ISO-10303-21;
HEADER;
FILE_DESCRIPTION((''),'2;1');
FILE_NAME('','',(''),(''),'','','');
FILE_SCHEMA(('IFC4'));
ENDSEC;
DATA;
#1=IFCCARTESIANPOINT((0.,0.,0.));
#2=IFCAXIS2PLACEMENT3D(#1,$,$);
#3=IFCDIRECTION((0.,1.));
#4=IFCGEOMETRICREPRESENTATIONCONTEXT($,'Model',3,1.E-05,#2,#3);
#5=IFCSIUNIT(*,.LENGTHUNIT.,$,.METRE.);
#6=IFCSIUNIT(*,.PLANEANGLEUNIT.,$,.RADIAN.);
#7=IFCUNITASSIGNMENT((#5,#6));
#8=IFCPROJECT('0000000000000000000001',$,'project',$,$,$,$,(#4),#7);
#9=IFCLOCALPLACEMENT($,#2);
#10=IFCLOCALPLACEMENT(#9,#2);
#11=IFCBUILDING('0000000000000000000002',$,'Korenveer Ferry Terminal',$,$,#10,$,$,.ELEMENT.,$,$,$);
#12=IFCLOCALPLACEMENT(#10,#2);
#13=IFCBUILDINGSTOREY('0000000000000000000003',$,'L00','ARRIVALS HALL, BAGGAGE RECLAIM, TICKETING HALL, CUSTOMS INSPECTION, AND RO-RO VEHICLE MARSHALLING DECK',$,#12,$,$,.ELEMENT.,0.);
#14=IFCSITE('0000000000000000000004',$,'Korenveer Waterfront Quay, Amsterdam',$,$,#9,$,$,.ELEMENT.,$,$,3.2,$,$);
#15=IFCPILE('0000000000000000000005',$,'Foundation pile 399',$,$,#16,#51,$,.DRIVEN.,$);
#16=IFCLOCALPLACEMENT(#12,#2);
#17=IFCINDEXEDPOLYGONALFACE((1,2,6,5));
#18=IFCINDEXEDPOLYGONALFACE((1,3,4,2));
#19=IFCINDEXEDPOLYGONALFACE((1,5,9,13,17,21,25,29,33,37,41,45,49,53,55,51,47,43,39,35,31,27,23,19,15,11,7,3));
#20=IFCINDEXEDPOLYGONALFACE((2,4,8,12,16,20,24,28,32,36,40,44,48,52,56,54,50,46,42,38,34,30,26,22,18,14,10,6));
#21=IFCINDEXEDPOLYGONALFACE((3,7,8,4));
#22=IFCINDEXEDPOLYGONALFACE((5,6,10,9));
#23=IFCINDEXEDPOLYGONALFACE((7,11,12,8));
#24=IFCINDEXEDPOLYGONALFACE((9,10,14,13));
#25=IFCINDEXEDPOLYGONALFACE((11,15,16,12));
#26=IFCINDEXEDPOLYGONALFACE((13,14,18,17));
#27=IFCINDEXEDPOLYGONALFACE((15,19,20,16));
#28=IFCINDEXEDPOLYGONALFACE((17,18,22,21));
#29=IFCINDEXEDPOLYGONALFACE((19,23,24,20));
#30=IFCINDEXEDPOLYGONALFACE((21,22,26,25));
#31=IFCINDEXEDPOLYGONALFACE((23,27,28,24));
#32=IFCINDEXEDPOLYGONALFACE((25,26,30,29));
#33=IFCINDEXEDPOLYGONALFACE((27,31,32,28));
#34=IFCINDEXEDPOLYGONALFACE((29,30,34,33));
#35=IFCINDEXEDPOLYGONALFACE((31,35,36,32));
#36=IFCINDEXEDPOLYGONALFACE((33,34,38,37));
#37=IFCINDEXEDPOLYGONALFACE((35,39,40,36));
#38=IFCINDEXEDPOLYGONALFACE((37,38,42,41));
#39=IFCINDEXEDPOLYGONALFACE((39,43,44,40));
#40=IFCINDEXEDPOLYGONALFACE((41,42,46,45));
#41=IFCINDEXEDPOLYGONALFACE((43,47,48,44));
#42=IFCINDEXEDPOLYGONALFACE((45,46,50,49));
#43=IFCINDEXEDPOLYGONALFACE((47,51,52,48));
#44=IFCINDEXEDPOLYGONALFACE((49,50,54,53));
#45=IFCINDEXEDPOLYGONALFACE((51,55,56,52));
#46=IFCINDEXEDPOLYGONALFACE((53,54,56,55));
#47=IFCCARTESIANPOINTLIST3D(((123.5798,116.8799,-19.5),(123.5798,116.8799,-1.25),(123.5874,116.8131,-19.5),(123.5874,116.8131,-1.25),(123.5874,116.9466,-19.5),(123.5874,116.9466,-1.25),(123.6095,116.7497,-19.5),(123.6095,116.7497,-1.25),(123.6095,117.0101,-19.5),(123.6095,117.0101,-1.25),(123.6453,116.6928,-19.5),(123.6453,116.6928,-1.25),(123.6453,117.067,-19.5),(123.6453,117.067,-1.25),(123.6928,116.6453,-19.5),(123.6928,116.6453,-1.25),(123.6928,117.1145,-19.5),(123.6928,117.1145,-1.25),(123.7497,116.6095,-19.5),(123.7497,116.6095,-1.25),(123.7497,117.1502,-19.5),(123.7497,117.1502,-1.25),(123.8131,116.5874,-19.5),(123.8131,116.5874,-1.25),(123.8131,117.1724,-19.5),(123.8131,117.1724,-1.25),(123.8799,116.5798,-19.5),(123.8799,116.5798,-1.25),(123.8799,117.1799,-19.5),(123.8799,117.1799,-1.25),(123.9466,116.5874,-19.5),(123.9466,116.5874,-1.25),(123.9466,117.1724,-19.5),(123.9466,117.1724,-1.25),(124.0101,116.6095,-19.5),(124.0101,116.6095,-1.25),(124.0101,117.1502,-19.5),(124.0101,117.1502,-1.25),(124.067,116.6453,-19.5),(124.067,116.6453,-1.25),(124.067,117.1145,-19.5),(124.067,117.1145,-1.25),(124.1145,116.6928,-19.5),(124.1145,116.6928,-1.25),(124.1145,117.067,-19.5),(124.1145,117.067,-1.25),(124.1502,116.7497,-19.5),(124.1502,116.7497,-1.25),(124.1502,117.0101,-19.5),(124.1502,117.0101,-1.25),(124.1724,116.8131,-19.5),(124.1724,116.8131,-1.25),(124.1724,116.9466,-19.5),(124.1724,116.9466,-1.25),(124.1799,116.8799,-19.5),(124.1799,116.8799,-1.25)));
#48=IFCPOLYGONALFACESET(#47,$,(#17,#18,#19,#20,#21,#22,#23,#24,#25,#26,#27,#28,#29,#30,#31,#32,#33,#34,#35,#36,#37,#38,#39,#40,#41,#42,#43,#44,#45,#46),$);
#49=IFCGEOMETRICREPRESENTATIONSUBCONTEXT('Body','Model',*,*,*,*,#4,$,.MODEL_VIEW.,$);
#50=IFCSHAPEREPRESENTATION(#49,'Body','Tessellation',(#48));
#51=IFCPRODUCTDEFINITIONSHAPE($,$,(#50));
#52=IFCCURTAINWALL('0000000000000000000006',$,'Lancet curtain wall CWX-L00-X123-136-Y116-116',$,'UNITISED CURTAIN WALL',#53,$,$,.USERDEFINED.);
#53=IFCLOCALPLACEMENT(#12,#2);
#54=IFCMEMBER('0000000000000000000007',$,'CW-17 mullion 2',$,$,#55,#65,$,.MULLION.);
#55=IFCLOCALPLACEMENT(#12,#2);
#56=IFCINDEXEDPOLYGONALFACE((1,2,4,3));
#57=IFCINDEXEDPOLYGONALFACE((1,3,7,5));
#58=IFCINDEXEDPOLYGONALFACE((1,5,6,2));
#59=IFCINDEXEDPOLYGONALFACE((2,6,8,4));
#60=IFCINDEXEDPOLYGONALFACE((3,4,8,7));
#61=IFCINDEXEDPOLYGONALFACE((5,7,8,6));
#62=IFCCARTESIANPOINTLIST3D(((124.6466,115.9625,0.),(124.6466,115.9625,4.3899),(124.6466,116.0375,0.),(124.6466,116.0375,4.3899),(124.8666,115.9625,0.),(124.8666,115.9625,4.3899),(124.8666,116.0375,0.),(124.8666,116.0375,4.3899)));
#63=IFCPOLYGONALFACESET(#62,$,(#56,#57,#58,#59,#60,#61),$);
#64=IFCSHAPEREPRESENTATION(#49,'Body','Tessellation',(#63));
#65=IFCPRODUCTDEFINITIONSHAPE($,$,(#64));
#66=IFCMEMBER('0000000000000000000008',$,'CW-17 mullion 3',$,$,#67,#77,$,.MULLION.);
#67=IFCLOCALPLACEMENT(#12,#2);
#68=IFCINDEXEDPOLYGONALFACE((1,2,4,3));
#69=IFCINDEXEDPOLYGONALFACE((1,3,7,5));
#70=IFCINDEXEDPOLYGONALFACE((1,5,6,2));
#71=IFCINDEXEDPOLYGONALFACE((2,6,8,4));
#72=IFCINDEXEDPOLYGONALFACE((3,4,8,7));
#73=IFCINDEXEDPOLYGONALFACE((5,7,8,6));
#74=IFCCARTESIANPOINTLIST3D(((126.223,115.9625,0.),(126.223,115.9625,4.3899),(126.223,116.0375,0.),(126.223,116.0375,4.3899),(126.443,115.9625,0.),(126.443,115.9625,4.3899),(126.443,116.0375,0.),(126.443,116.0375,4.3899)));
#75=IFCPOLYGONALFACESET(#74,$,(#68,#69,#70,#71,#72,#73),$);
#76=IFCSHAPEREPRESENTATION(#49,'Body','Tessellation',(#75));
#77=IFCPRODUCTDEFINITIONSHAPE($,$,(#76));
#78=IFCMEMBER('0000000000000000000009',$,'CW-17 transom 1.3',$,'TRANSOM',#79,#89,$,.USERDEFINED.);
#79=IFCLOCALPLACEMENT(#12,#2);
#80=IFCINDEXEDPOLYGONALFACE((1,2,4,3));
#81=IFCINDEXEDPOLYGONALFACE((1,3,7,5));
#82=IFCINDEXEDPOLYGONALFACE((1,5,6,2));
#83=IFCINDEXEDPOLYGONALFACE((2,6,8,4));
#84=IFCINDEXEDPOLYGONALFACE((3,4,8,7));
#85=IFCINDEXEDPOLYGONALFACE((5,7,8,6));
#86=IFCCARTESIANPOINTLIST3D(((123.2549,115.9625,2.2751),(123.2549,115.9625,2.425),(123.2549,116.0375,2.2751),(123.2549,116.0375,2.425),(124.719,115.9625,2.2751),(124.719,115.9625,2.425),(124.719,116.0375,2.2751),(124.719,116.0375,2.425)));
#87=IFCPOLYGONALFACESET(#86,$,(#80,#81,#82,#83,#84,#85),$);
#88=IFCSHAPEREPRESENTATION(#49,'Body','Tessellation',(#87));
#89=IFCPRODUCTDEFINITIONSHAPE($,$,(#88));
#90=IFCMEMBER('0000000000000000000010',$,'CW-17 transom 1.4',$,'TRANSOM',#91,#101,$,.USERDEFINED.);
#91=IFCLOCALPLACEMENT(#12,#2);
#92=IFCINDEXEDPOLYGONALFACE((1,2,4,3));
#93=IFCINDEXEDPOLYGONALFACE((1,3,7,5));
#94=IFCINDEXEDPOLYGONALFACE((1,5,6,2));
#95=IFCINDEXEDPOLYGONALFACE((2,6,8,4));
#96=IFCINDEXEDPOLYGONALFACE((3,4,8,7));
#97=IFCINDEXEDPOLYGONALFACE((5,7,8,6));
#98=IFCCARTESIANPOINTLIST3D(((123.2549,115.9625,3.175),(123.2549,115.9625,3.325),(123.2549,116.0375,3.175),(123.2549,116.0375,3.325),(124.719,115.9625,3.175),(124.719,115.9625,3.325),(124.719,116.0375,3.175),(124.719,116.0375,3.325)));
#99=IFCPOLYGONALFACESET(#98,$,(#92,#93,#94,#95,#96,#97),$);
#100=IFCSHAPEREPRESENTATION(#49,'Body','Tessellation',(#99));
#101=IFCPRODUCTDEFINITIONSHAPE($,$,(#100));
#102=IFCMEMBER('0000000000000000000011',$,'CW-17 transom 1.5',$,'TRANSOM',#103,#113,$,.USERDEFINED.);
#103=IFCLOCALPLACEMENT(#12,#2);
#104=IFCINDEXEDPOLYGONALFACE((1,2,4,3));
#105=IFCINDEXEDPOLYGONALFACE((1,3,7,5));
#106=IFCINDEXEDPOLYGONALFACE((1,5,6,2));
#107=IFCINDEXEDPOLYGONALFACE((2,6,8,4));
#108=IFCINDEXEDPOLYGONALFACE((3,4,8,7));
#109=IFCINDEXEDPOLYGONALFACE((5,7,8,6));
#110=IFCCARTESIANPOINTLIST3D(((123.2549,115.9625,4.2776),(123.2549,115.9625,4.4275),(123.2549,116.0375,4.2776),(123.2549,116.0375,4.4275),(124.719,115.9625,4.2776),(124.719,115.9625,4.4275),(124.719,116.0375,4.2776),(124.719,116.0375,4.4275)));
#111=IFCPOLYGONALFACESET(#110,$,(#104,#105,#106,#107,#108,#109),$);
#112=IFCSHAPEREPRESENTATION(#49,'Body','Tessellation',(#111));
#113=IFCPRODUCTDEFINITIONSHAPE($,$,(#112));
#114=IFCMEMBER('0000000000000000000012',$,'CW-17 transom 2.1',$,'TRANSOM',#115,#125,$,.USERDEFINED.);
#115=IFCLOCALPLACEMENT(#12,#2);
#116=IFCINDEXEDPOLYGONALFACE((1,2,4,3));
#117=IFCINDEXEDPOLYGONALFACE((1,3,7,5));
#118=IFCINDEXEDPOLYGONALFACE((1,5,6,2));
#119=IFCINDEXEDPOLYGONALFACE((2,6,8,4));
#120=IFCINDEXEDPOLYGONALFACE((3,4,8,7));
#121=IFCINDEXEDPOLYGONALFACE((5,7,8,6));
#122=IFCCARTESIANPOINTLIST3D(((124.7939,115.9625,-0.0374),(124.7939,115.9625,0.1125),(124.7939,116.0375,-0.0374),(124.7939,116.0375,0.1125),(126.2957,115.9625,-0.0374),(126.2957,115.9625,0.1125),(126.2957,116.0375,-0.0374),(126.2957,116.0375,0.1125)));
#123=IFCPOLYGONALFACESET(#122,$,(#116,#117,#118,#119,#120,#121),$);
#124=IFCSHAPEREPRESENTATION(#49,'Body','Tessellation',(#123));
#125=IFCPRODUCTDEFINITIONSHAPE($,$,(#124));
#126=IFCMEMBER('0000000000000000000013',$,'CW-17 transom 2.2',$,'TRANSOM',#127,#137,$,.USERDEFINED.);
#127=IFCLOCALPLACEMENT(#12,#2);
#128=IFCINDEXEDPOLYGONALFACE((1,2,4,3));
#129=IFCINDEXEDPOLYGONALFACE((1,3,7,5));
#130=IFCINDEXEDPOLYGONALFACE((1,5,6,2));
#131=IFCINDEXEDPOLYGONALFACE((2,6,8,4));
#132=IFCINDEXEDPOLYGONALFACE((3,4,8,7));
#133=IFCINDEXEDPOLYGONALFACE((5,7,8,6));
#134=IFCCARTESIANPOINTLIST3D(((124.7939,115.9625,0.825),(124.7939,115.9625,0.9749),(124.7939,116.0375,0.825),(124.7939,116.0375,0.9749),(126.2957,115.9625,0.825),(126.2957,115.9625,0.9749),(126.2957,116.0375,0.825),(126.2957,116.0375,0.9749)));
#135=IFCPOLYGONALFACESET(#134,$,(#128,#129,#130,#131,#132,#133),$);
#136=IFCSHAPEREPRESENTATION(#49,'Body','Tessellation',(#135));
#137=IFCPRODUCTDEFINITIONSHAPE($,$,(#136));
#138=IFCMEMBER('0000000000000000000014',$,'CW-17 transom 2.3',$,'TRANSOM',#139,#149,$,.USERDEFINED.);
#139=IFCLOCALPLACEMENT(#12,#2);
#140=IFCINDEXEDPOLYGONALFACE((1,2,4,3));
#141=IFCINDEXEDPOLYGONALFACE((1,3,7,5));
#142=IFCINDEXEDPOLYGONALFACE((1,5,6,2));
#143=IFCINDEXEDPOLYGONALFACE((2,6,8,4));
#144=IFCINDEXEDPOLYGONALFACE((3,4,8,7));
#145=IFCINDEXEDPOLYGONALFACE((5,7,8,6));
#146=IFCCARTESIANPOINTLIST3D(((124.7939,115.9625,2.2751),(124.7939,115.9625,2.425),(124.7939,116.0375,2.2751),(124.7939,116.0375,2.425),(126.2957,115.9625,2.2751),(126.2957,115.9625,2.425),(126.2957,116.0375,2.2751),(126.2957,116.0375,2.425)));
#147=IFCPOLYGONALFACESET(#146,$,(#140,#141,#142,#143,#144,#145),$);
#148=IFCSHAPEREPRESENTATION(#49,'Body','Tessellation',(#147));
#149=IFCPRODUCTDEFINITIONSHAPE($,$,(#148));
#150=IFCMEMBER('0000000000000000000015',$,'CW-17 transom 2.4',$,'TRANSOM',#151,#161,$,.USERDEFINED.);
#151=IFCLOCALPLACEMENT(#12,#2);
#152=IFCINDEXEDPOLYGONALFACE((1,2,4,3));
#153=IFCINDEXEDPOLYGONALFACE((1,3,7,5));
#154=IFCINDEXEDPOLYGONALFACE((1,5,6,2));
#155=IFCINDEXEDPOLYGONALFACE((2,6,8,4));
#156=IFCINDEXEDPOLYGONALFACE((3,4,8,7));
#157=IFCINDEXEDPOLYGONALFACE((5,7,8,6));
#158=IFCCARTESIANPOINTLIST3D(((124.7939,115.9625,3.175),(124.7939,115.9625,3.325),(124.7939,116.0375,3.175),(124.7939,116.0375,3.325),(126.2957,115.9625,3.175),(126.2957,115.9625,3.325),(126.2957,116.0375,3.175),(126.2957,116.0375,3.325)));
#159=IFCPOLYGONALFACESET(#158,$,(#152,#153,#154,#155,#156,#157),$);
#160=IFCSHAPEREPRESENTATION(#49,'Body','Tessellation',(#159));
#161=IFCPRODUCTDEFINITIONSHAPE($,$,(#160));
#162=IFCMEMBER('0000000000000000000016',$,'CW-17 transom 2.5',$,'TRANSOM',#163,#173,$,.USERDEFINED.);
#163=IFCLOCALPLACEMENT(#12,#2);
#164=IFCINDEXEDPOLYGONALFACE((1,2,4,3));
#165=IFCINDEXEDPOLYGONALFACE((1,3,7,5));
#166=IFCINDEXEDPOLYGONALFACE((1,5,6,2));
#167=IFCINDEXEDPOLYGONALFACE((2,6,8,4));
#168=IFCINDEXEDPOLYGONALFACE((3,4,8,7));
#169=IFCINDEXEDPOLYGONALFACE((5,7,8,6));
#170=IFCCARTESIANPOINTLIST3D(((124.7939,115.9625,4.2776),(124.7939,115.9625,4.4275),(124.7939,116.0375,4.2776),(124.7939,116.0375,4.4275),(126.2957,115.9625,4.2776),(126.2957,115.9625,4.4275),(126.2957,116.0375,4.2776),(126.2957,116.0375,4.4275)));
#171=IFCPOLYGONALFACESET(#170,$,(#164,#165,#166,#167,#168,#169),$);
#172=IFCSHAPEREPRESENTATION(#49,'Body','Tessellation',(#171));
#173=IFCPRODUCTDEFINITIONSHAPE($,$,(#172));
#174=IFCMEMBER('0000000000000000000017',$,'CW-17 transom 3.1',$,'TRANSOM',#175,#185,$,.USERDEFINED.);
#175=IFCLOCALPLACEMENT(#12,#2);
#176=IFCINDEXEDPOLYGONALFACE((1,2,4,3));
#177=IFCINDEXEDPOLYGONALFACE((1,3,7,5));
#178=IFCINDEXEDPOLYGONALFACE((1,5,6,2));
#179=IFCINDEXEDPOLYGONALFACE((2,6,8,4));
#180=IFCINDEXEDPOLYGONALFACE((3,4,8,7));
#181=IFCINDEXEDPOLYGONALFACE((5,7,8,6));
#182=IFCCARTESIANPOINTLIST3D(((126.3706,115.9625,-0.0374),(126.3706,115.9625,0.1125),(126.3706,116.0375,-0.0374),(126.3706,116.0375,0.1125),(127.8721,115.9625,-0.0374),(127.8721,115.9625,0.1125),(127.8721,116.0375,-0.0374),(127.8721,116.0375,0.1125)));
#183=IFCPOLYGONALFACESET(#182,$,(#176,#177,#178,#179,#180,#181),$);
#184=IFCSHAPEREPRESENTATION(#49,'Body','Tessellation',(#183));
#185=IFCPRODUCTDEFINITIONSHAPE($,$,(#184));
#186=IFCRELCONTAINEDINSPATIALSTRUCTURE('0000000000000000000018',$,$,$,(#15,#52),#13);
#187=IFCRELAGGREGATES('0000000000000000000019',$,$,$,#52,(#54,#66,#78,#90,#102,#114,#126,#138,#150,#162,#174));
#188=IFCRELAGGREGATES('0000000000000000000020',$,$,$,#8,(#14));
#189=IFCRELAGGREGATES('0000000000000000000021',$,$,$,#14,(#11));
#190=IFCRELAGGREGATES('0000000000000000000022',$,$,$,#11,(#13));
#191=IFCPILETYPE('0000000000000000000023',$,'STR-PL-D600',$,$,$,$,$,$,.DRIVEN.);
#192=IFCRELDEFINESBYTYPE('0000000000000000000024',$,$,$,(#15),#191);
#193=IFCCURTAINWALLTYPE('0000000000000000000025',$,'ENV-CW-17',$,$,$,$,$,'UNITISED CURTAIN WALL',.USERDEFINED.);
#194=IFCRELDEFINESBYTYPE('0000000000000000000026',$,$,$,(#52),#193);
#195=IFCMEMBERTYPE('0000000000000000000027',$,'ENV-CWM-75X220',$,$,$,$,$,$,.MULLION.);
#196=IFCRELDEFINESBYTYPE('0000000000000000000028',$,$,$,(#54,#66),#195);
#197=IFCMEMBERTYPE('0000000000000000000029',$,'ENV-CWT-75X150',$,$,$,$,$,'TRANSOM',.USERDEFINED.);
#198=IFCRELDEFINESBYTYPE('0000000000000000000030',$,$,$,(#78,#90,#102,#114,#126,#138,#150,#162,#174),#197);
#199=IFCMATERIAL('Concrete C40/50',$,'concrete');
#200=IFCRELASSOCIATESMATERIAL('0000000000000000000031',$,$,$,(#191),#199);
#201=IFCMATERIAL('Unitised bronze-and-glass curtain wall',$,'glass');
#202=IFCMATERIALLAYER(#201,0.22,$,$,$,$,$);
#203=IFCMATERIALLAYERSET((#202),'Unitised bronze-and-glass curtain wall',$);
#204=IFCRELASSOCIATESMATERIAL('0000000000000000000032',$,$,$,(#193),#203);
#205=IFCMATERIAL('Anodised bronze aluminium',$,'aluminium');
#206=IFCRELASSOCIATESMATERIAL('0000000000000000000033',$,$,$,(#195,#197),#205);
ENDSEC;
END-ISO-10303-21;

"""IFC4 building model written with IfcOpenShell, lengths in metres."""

from ifc_helpers import new_model, si_unit, direction, frame, origin, origin_2d, place, context, subcontext, project, spatial, rectangle, circle, extrude, material, layer, layer_set, material_profile, profile_set, type_object, element, aggregate, save


model = new_model("IFC4")

# Units and contexts
model_context = context("Model", 3, precision=1e-05, world=origin(), true_north=direction((0.0, 1.0)))
body_context = subcontext(model_context, "Body", "Model", "MODEL_VIEW")
ifc_project = project(units=[si_unit("LENGTHUNIT", "METRE"), si_unit("PLANEANGLEUNIT", "RADIAN")], contexts=[model_context])

# Site, building, storey
site_placement = place(None, origin())
site = spatial("IfcSite", under=ifc_project, at=site_placement, Name="Korenveer Waterfront Quay, Amsterdam", CompositionType="ELEMENT", RefElevation=3.2)
building_placement = place(site_placement, origin())
building = spatial("IfcBuilding", under=site, at=building_placement, Name="Korenveer Ferry Terminal", CompositionType="ELEMENT")
storey_placement = place(building_placement, origin())
storey = spatial("IfcBuildingStorey", under=building, at=storey_placement, Name="L00", Description="ARRIVALS HALL, BAGGAGE RECLAIM, TICKETING HALL, CUSTOMS INSPECTION, AND RO-RO VEHICLE MARSHALLING DECK", CompositionType="ELEMENT", Elevation=0.0)

# Pile
ifc_material_1 = material(Name="Concrete C40/50", Category="concrete")
ifc_material_profile_1 = material_profile(ifc_material_1, circle(Radius=0.3, at=origin_2d()), Name="PILE D600")
ifc_profile_set_1 = profile_set([ifc_material_profile_1], Name="Concrete C40/50")
pile_type = type_object("IfcPileType", Name="STR-PL-D600", PredefinedType="DRIVEN", material=ifc_profile_set_1)
pile_placement = place(storey_placement, frame((123.8799, 116.8799, -1.25), z_axis=(0.0, 0.0, -1.0), x_axis=(1.0, 0.0, 0.0)))
element("IfcPile", 1, at=pile_placement, inside=storey, type_object=pile_type, Name="Foundation pile 399", PredefinedType="DRIVEN", context=body_context, shape_type="SweptSolid", body=[
    extrude(circle(Radius=0.3, at=origin_2d()), origin(), (0.0, 0.0, 1.0), 18.25),
])

# Curtain wall, members
ifc_material_2 = material(Name="Unitised bronze-and-glass curtain wall", Category="glass")
ifc_layer_1 = layer(ifc_material_2, 0.22)
ifc_layer_set_1 = layer_set([ifc_layer_1], Name="Unitised bronze-and-glass curtain wall")
curtain_wall_type = type_object("IfcCurtainWallType", Name="ENV-CW-17", ElementType="UNITISED CURTAIN WALL", PredefinedType="USERDEFINED", material=ifc_layer_set_1)
curtain_wall_placement = place(storey_placement, frame((123.1799, 116.0, 0.0)))
curtain_wall = element("IfcCurtainWall", 2, at=curtain_wall_placement, inside=storey, type_object=curtain_wall_type, Name="Lancet curtain wall CWX-L00-X123-136-Y116-116", ObjectType="UNITISED CURTAIN WALL", PredefinedType="USERDEFINED")
ifc_material_3 = material(Name="Anodised bronze aluminium", Category="aluminium")
ifc_material_profile_2 = material_profile(ifc_material_3, rectangle(XDim=0.075, YDim=0.22, at=origin_2d()), Name="ALU 75x220")
ifc_profile_set_2 = profile_set([ifc_material_profile_2], Name="Anodised bronze aluminium")
member_type_1 = type_object("IfcMemberType", Name="ENV-CWM-75X220", PredefinedType="MULLION", material=ifc_profile_set_2)
member_1_placement = place(storey_placement, frame((124.7566, 116.0, 0.0), z_axis=(0.0, 0.0, 1.0), x_axis=(0.0, 1.0, 0.0)))
member_1 = element("IfcMember", 3, at=member_1_placement, type_object=member_type_1, Name="CW-17 mullion 2", PredefinedType="MULLION", context=body_context, shape_type="SweptSolid", body=[
    extrude(rectangle(XDim=0.075, YDim=0.22, at=origin_2d()), origin(), (0.0, 0.0, 1.0), 4.3899),
])
member_2_placement = place(storey_placement, frame((126.333, 116.0, 0.0), z_axis=(0.0, 0.0, 1.0), x_axis=(0.0, 1.0, 0.0)))
member_2 = element("IfcMember", 4, at=member_2_placement, type_object=member_type_1, Name="CW-17 mullion 3", PredefinedType="MULLION", context=body_context, shape_type="SweptSolid", body=[
    extrude(rectangle(XDim=0.075, YDim=0.22, at=origin_2d()), origin(), (0.0, 0.0, 1.0), 4.3899),
])
ifc_material_profile_3 = material_profile(ifc_material_3, rectangle(XDim=0.075, YDim=0.1499, at=origin_2d()), Name="ALU 75x150")
ifc_profile_set_3 = profile_set([ifc_material_profile_3], Name="Anodised bronze aluminium")
member_type_2 = type_object("IfcMemberType", Name="ENV-CWT-75X150", ElementType="TRANSOM", PredefinedType="USERDEFINED", material=ifc_profile_set_3)
member_3_placement = place(storey_placement, frame((123.2549, 116.0, 2.3501), z_axis=(1.0, 0.0, 0.0), x_axis=(0.0, 1.0, 0.0)))
member_3 = element("IfcMember", 5, at=member_3_placement, type_object=member_type_2, Name="CW-17 transom 1.3", ObjectType="TRANSOM", PredefinedType="USERDEFINED", context=body_context, shape_type="SweptSolid", body=[
    extrude(rectangle(XDim=0.075, YDim=0.1499, at=origin_2d()), origin(), (0.0, 0.0, 1.0), 1.4641),
])
member_4_placement = place(storey_placement, frame((123.2549, 116.0, 3.25), z_axis=(1.0, 0.0, 0.0), x_axis=(0.0, 1.0, 0.0)))
member_4 = element("IfcMember", 6, at=member_4_placement, type_object=member_type_2, Name="CW-17 transom 1.4", ObjectType="TRANSOM", PredefinedType="USERDEFINED", context=body_context, shape_type="SweptSolid", body=[
    extrude(rectangle(XDim=0.075, YDim=0.1499, at=origin_2d()), origin(), (0.0, 0.0, 1.0), 1.4641),
])
member_5_placement = place(storey_placement, frame((123.2549, 116.0, 4.3525), z_axis=(1.0, 0.0, 0.0), x_axis=(0.0, 1.0, 0.0)))
member_5 = element("IfcMember", 7, at=member_5_placement, type_object=member_type_2, Name="CW-17 transom 1.5", ObjectType="TRANSOM", PredefinedType="USERDEFINED", context=body_context, shape_type="SweptSolid", body=[
    extrude(rectangle(XDim=0.075, YDim=0.1499, at=origin_2d()), origin(), (0.0, 0.0, 1.0), 1.4641),
])
member_6_placement = place(storey_placement, frame((124.7939, 116.0, 0.0376), z_axis=(1.0, 0.0, 0.0), x_axis=(0.0, 1.0, 0.0)))
member_6 = element("IfcMember", 8, at=member_6_placement, type_object=member_type_2, Name="CW-17 transom 2.1", ObjectType="TRANSOM", PredefinedType="USERDEFINED", context=body_context, shape_type="SweptSolid", body=[
    extrude(rectangle(XDim=0.075, YDim=0.1499, at=origin_2d()), origin(), (0.0, 0.0, 1.0), 1.5017),
])
member_7_placement = place(storey_placement, frame((124.7939, 116.0, 0.8999), z_axis=(1.0, 0.0, 0.0), x_axis=(0.0, 1.0, 0.0)))
member_7 = element("IfcMember", 9, at=member_7_placement, type_object=member_type_2, Name="CW-17 transom 2.2", ObjectType="TRANSOM", PredefinedType="USERDEFINED", context=body_context, shape_type="SweptSolid", body=[
    extrude(rectangle(XDim=0.075, YDim=0.1499, at=origin_2d()), origin(), (0.0, 0.0, 1.0), 1.5017),
])
member_8_placement = place(storey_placement, frame((124.7939, 116.0, 2.3501), z_axis=(1.0, 0.0, 0.0), x_axis=(0.0, 1.0, 0.0)))
member_8 = element("IfcMember", 10, at=member_8_placement, type_object=member_type_2, Name="CW-17 transom 2.3", ObjectType="TRANSOM", PredefinedType="USERDEFINED", context=body_context, shape_type="SweptSolid", body=[
    extrude(rectangle(XDim=0.075, YDim=0.1499, at=origin_2d()), origin(), (0.0, 0.0, 1.0), 1.5017),
])
member_9_placement = place(storey_placement, frame((124.7939, 116.0, 3.25), z_axis=(1.0, 0.0, 0.0), x_axis=(0.0, 1.0, 0.0)))
member_9 = element("IfcMember", 11, at=member_9_placement, type_object=member_type_2, Name="CW-17 transom 2.4", ObjectType="TRANSOM", PredefinedType="USERDEFINED", context=body_context, shape_type="SweptSolid", body=[
    extrude(rectangle(XDim=0.075, YDim=0.1499, at=origin_2d()), origin(), (0.0, 0.0, 1.0), 1.5017),
])
member_10_placement = place(storey_placement, frame((124.7939, 116.0, 4.3525), z_axis=(1.0, 0.0, 0.0), x_axis=(0.0, 1.0, 0.0)))
member_10 = element("IfcMember", 12, at=member_10_placement, type_object=member_type_2, Name="CW-17 transom 2.5", ObjectType="TRANSOM", PredefinedType="USERDEFINED", context=body_context, shape_type="SweptSolid", body=[
    extrude(rectangle(XDim=0.075, YDim=0.1499, at=origin_2d()), origin(), (0.0, 0.0, 1.0), 1.5017),
])
member_11_placement = place(storey_placement, frame((126.3706, 116.0, 0.0376), z_axis=(1.0, 0.0, 0.0), x_axis=(0.0, 1.0, 0.0)))
member_11 = element("IfcMember", 13, at=member_11_placement, type_object=member_type_2, Name="CW-17 transom 3.1", ObjectType="TRANSOM", PredefinedType="USERDEFINED", context=body_context, shape_type="SweptSolid", body=[
    extrude(rectangle(XDim=0.075, YDim=0.1499, at=origin_2d()), origin(), (0.0, 0.0, 1.0), 1.5015),
])
aggregate(curtain_wall, [member_1, member_2, member_3, member_4, member_5, member_6, member_7, member_8, member_9, member_10, member_11])

save(model, "model.ifc")
